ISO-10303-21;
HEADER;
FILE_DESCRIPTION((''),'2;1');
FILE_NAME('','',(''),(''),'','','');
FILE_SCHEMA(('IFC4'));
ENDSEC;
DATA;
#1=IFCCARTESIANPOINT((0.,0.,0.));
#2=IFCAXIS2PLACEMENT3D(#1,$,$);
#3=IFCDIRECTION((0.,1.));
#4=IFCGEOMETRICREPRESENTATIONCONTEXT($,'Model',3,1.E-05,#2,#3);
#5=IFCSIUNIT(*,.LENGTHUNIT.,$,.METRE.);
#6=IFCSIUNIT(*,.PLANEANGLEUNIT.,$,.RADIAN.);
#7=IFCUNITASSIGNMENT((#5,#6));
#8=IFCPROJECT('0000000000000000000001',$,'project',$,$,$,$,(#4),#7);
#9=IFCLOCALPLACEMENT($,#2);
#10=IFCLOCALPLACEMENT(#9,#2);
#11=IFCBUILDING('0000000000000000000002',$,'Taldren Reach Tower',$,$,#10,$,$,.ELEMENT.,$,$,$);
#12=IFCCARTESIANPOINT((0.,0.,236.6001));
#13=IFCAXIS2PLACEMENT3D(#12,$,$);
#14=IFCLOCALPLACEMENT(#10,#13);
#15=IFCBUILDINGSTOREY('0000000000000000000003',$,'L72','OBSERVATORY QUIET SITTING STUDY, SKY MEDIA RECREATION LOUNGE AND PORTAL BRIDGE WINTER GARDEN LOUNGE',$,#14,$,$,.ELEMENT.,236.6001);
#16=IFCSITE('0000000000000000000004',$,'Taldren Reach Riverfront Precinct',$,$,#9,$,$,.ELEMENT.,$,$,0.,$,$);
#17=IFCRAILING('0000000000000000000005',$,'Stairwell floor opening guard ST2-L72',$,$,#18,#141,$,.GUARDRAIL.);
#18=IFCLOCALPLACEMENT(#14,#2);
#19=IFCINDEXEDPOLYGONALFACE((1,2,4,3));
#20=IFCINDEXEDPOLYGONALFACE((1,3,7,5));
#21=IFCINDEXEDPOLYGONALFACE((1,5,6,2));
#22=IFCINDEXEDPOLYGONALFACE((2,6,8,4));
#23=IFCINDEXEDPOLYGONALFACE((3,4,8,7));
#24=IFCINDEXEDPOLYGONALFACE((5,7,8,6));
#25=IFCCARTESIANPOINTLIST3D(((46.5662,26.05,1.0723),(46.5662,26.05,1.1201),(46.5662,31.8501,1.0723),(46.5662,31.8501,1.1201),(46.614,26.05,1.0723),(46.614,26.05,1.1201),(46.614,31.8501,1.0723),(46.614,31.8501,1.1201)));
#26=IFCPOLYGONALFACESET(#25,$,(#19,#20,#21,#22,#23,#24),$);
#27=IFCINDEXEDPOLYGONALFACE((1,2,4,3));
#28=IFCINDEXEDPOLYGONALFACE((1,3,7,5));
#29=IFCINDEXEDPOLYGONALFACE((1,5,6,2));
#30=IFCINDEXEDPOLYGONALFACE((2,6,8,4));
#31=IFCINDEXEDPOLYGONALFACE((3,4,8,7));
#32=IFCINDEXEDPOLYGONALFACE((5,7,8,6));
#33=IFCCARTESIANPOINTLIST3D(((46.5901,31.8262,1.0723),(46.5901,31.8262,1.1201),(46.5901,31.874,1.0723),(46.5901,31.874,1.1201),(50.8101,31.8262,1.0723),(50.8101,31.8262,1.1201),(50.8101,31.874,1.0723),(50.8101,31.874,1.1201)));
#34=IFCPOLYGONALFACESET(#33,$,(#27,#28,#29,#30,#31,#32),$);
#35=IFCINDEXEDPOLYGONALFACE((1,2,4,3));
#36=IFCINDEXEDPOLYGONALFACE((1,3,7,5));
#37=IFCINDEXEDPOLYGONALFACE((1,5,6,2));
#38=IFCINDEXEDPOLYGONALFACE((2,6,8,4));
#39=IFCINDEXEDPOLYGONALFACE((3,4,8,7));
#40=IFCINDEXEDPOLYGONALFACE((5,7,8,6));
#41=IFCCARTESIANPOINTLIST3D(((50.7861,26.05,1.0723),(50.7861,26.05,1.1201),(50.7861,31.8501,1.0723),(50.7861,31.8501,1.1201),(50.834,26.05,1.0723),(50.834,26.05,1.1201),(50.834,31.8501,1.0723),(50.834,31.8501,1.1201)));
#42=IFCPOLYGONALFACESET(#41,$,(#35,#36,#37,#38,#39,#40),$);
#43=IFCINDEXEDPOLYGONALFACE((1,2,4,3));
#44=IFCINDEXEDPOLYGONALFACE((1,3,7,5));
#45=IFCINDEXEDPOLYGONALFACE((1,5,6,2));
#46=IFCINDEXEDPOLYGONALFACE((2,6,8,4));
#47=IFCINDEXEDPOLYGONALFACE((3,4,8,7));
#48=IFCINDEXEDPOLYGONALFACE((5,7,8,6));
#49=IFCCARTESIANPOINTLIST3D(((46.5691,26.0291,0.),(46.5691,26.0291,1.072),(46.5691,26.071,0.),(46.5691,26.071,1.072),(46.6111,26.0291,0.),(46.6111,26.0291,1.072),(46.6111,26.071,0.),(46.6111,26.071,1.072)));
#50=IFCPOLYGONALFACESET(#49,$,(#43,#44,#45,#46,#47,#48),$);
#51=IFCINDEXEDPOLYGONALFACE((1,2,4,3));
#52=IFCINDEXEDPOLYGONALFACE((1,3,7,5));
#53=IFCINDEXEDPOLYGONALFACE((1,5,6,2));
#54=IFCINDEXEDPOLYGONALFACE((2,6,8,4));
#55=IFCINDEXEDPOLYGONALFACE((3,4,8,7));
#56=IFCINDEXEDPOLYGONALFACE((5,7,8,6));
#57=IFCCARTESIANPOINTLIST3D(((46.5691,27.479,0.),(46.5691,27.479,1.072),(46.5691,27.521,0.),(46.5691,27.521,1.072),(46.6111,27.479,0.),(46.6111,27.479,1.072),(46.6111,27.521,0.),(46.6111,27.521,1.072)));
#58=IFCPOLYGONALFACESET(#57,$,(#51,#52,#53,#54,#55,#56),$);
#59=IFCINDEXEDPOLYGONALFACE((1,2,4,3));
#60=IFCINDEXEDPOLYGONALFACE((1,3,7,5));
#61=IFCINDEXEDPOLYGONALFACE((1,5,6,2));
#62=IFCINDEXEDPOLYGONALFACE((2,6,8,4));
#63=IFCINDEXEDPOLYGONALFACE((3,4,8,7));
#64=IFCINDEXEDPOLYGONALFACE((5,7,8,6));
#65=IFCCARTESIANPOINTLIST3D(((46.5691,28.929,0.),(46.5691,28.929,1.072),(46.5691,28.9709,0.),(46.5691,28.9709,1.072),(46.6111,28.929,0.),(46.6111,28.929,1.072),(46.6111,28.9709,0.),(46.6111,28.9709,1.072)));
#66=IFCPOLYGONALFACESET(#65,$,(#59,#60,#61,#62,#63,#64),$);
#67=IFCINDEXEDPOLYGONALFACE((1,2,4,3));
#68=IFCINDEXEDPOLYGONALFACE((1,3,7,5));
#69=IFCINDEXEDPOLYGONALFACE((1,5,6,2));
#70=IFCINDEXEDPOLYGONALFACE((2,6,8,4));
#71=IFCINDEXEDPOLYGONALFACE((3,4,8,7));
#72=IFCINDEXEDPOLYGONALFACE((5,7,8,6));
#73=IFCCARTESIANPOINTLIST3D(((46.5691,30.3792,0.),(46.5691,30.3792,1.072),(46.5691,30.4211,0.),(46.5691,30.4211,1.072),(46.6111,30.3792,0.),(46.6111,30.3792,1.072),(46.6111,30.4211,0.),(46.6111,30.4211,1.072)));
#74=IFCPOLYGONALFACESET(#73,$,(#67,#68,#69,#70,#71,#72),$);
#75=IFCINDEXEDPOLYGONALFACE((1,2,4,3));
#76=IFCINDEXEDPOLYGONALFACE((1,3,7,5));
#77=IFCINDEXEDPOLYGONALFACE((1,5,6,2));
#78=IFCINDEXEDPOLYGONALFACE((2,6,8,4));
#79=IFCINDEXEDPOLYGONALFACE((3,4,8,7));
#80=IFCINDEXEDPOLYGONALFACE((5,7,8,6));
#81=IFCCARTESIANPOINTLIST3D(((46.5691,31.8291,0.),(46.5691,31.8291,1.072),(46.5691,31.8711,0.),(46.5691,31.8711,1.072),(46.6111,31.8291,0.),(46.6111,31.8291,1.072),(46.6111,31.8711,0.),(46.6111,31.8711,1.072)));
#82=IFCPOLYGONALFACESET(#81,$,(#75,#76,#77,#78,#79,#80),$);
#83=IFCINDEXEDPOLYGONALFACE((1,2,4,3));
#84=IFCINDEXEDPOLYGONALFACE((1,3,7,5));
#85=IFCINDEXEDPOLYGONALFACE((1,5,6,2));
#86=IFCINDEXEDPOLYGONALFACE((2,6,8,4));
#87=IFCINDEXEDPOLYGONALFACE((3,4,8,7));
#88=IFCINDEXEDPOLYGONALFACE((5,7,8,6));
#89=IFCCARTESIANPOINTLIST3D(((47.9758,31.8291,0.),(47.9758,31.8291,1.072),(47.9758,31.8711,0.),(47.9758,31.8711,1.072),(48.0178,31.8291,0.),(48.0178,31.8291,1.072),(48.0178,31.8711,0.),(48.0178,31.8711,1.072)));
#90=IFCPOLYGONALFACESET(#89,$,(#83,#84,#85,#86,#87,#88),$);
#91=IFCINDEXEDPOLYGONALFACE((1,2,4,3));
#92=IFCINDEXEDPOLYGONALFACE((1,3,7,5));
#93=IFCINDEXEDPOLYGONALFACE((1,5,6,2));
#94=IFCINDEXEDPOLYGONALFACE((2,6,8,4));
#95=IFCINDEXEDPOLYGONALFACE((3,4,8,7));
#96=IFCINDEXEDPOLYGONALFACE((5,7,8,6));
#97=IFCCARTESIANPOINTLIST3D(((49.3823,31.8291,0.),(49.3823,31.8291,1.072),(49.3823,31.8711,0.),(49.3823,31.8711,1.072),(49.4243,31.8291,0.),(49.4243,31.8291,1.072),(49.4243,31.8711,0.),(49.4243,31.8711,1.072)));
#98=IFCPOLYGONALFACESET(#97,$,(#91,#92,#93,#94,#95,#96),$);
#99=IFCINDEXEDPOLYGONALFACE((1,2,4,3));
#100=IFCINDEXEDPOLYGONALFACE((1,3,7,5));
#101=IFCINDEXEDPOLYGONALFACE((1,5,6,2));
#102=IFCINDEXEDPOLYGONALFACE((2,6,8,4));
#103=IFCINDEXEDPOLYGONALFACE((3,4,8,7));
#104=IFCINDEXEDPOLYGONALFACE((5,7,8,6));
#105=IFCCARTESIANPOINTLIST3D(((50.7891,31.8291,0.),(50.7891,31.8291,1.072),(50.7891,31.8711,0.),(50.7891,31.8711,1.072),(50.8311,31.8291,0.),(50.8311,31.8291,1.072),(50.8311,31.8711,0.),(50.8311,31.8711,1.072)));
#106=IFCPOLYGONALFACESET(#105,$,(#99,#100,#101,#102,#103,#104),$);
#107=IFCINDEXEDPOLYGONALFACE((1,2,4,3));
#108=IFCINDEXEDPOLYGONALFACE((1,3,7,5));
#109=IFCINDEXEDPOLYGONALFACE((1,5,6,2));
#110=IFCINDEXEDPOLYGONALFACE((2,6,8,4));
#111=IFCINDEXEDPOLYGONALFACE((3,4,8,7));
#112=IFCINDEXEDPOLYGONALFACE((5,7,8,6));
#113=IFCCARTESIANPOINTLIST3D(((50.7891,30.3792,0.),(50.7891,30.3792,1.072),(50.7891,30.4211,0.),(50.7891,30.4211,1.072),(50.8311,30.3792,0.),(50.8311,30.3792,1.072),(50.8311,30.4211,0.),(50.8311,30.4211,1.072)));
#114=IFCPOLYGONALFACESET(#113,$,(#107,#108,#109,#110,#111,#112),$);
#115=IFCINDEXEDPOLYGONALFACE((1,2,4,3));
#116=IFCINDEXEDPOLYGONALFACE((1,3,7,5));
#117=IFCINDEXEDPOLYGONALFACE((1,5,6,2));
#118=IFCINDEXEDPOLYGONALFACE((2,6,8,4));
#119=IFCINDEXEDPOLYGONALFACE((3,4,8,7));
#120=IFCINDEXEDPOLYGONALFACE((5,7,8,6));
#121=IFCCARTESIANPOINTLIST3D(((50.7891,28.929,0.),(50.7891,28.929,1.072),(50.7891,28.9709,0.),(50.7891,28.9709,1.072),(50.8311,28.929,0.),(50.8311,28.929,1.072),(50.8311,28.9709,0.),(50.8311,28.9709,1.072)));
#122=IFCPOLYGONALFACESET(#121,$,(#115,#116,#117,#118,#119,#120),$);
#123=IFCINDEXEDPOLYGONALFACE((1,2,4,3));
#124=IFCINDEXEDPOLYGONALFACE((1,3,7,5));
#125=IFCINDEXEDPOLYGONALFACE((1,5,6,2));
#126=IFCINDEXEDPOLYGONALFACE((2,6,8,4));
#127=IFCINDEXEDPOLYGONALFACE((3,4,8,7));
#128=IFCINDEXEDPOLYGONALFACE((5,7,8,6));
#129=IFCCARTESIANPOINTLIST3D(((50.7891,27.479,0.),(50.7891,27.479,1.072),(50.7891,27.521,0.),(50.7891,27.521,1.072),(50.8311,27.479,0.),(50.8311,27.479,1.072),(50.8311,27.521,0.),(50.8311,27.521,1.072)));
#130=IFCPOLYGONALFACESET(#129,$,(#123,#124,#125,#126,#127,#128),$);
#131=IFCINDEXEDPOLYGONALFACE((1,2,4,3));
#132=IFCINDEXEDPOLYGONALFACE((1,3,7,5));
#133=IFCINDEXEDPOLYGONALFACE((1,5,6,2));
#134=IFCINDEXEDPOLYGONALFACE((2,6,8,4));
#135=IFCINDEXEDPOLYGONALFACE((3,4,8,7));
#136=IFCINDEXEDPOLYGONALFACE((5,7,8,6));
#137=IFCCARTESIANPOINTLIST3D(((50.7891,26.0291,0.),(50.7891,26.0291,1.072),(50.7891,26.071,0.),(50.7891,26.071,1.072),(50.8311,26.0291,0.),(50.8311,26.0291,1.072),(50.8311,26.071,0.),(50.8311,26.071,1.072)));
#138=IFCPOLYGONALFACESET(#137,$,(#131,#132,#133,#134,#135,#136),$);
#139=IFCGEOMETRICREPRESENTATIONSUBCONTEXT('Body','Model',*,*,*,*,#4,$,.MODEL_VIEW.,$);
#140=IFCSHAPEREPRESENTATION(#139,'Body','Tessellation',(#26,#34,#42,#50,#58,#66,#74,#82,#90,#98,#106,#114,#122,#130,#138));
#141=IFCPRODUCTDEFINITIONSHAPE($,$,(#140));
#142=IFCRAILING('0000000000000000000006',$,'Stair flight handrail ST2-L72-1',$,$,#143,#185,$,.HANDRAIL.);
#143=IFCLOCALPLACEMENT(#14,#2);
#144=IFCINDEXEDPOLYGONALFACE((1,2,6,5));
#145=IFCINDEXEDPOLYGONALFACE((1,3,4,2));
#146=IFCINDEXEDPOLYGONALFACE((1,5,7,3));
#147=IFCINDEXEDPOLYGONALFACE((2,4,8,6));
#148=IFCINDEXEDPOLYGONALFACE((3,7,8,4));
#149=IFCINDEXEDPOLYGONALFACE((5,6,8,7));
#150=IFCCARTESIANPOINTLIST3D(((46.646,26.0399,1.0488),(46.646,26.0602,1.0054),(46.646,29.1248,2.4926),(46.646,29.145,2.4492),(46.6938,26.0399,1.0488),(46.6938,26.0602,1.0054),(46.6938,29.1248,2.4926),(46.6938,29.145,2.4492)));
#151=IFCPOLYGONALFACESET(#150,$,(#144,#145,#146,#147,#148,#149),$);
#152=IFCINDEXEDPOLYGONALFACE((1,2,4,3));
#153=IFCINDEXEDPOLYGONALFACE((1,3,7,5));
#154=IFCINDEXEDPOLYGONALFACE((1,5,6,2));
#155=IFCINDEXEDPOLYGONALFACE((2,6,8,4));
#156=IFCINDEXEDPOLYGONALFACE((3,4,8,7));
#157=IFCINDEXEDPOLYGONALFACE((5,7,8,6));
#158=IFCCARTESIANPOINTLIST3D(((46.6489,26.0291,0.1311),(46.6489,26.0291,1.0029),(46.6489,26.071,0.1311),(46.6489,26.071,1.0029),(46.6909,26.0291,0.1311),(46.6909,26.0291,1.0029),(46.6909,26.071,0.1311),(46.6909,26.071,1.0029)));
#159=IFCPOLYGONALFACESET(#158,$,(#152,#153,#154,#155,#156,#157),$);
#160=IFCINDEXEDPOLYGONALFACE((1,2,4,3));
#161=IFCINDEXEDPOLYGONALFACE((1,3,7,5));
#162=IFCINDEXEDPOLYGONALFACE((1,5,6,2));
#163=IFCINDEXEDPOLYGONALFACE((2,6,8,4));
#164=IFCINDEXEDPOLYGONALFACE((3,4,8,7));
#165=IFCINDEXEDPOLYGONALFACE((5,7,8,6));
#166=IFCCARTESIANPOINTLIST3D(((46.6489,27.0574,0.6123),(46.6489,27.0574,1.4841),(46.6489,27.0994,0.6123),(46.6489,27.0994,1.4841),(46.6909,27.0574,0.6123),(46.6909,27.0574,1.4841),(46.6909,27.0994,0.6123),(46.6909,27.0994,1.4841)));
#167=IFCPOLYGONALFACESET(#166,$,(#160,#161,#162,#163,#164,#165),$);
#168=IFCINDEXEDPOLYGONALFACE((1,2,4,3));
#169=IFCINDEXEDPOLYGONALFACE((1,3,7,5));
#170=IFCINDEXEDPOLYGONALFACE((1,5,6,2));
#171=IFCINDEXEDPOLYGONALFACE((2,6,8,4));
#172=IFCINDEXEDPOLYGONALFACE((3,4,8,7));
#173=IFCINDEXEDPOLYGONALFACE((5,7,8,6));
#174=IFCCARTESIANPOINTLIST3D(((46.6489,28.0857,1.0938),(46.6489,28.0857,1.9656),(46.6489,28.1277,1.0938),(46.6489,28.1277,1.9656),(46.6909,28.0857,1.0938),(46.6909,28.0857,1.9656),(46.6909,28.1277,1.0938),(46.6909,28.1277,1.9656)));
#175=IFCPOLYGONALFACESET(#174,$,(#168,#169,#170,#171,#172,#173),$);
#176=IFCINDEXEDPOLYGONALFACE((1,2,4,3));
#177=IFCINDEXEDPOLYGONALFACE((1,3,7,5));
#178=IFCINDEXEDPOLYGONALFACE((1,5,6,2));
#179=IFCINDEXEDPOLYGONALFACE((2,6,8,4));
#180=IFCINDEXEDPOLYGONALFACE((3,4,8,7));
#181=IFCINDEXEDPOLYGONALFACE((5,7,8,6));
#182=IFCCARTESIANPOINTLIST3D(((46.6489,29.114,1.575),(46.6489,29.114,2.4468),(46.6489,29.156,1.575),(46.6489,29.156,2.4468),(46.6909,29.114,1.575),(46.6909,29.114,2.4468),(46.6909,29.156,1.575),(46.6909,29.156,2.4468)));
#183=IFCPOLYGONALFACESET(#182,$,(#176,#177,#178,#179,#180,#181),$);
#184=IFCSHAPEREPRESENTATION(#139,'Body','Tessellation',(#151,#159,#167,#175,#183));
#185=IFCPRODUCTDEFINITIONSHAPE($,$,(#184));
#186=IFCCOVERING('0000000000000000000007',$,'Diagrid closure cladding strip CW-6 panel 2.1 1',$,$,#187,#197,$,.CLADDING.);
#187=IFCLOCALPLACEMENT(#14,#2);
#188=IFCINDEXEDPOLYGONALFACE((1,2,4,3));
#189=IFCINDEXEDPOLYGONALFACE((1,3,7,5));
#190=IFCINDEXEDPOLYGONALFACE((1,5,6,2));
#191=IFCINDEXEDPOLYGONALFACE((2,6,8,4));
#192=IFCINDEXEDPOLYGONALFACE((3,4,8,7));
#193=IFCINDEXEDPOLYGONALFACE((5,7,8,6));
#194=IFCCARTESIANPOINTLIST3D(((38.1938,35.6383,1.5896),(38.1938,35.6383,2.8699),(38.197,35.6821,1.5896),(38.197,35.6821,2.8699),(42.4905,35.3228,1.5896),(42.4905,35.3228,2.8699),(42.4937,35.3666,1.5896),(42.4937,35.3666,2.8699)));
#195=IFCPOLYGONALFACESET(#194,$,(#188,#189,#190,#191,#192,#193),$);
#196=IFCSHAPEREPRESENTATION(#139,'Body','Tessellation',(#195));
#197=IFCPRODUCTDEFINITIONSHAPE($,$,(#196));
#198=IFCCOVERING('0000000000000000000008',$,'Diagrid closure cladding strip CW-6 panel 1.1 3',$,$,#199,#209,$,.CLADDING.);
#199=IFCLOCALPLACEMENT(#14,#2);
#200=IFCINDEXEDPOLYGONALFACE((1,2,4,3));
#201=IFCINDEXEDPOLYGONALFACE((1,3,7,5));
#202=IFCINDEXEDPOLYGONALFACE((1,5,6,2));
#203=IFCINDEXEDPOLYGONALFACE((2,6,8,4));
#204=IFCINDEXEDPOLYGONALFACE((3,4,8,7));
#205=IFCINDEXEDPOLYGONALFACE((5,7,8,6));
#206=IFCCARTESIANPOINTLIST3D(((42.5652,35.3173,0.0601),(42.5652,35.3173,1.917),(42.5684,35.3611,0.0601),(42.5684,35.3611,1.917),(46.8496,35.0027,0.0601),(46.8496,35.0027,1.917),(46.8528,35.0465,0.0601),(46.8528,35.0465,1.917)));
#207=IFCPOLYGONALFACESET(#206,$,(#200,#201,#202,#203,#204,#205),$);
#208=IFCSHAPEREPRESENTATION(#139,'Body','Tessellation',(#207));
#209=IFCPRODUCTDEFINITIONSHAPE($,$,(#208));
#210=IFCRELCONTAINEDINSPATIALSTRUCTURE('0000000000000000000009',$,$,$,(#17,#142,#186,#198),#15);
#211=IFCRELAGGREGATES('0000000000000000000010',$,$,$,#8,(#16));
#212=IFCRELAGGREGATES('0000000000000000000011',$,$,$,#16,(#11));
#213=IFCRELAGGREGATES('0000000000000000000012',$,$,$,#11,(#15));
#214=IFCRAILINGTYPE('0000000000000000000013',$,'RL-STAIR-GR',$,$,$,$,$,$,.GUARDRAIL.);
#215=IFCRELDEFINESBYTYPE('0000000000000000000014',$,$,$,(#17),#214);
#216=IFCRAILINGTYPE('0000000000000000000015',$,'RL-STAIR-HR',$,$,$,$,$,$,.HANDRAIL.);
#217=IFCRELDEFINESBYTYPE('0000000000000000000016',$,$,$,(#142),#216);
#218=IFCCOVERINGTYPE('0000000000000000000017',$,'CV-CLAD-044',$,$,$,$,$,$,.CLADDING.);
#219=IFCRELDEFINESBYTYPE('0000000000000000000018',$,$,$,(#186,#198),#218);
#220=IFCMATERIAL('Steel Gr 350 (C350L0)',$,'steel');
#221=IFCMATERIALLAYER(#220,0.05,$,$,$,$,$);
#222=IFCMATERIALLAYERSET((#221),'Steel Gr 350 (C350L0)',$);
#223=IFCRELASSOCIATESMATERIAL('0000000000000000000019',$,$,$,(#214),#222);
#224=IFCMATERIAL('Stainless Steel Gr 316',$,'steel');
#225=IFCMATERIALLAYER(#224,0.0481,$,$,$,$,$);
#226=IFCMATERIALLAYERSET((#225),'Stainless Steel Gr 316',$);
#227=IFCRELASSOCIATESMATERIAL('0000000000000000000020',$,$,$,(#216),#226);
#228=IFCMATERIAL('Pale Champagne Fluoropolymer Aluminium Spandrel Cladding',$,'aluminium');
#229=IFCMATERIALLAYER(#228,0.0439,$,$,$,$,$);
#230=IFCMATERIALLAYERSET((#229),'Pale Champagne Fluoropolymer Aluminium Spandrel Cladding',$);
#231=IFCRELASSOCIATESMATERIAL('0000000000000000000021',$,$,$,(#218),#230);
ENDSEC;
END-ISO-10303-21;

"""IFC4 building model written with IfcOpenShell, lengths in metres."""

from ifc_helpers import new_model, si_unit, direction, frame, origin, origin_2d, place, context, subcontext, project, spatial, rectangle, extrude, source, transform, mapped, material, layer, layer_set, type_object, element, save


model = new_model("IFC4")

# Units and contexts
model_context = context("Model", 3, precision=1e-05, world=origin(), true_north=direction((0.0, 1.0)))
body_context = subcontext(model_context, "Body", "Model", "MODEL_VIEW")
ifc_project = project(units=[si_unit("LENGTHUNIT", "METRE"), si_unit("PLANEANGLEUNIT", "RADIAN")], contexts=[model_context])

# Site, building, storey
site_placement = place(None, origin())
site = spatial("IfcSite", under=ifc_project, at=site_placement, Name="Taldren Reach Riverfront Precinct", CompositionType="ELEMENT", RefElevation=0.0)
building_placement = place(site_placement, origin())
building = spatial("IfcBuilding", under=site, at=building_placement, Name="Taldren Reach Tower", CompositionType="ELEMENT")
storey_placement = place(building_placement, frame((0.0, 0.0, 236.6001)))
storey = spatial("IfcBuildingStorey", under=building, at=storey_placement, Name="L72", Description="OBSERVATORY QUIET SITTING STUDY, SKY MEDIA RECREATION LOUNGE AND PORTAL BRIDGE WINTER GARDEN LOUNGE", CompositionType="ELEMENT", Elevation=236.6001)

# Shared definitions
ifc_material_1 = material(Name="Steel Gr 350 (C350L0)", Category="steel")

# Railings
ifc_layer_1 = layer(ifc_material_1, 0.05)
ifc_layer_set_1 = layer_set([ifc_layer_1], Name="Steel Gr 350 (C350L0)")
railing_type_1 = type_object("IfcRailingType", Name="RL-STAIR-GR", PredefinedType="GUARDRAIL", material=ifc_layer_set_1)
railing_1_placement = place(storey_placement, frame((46.5901, 26.05, 0.0)))
element("IfcRailing", 1, at=railing_1_placement, inside=storey, type_object=railing_type_1, Name="Stairwell floor opening guard ST2-L72", PredefinedType="GUARDRAIL", context=body_context, shape_type="SweptSolid", body=[
    extrude(rectangle(XDim=0.0479, YDim=0.0479, at=origin_2d()), frame((0.0, 0.0, 1.0962), z_axis=(0.0, 1.0, 0.0), x_axis=(-1.0, 0.0, 0.0)), (0.0, 0.0, 1.0), 5.8),
    extrude(rectangle(XDim=0.0479, YDim=0.0479, at=origin_2d()), frame((0.0, 5.8, 1.0962), z_axis=(1.0, 0.0, 0.0), x_axis=(0.0, 1.0, 0.0)), (0.0, 0.0, 1.0), 4.22),
    extrude(rectangle(XDim=0.0479, YDim=0.0479, at=origin_2d()), frame((4.22, 5.8, 1.0962), z_axis=(0.0, -1.0, 0.0), x_axis=(1.0, 0.0, 0.0)), (0.0, 0.0, 1.0), 5.8),
    extrude(rectangle(XDim=0.042, YDim=0.042, at=origin_2d()), origin(), (0.0, 0.0, 1.0), 1.072),
    extrude(rectangle(XDim=0.042, YDim=0.042, at=origin_2d()), frame((0.0, 1.45, 0.0)), (0.0, 0.0, 1.0), 1.072),
    extrude(rectangle(XDim=0.042, YDim=0.042, at=origin_2d()), frame((0.0, 2.8999, 0.0)), (0.0, 0.0, 1.0), 1.072),
    extrude(rectangle(XDim=0.042, YDim=0.042, at=origin_2d()), frame((0.0, 4.3501, 0.0)), (0.0, 0.0, 1.0), 1.072),
    extrude(rectangle(XDim=0.042, YDim=0.042, at=origin_2d()), frame((0.0, 5.8, 0.0)), (0.0, 0.0, 1.0), 1.072),
    extrude(rectangle(XDim=0.042, YDim=0.042, at=origin_2d()), frame((1.4067, 5.8, 0.0)), (0.0, 0.0, 1.0), 1.072),
    extrude(rectangle(XDim=0.042, YDim=0.042, at=origin_2d()), frame((2.8132, 5.8, 0.0)), (0.0, 0.0, 1.0), 1.072),
    extrude(rectangle(XDim=0.042, YDim=0.042, at=origin_2d()), frame((4.22, 5.8, 0.0)), (0.0, 0.0, 1.0), 1.072),
    extrude(rectangle(XDim=0.042, YDim=0.042, at=origin_2d()), frame((4.22, 4.3501, 0.0)), (0.0, 0.0, 1.0), 1.072),
    extrude(rectangle(XDim=0.042, YDim=0.042, at=origin_2d()), frame((4.22, 2.8999, 0.0)), (0.0, 0.0, 1.0), 1.072),
    extrude(rectangle(XDim=0.042, YDim=0.042, at=origin_2d()), frame((4.22, 1.45, 0.0)), (0.0, 0.0, 1.0), 1.072),
    extrude(rectangle(XDim=0.042, YDim=0.042, at=origin_2d()), frame((4.22, 0.0, 0.0)), (0.0, 0.0, 1.0), 1.072),
])
ifc_material_2 = material(Name="Stainless Steel Gr 316", Category="steel")
ifc_layer_2 = layer(ifc_material_2, 0.0481)
ifc_layer_set_2 = layer_set([ifc_layer_2], Name="Stainless Steel Gr 316")
railing_type_2 = type_object("IfcRailingType", Name="RL-STAIR-HR", PredefinedType="HANDRAIL", material=ifc_layer_set_2)
railing_2_placement = place(storey_placement, frame((46.6699, 26.05, 0.1311)))
element("IfcRailing", 2, at=railing_2_placement, inside=storey, type_object=railing_type_2, Name="Stair flight handrail ST2-L72-1", PredefinedType="HANDRAIL", context=body_context, shape_type="SweptSolid", body=[
    extrude(rectangle(XDim=0.0479, YDim=0.0479, at=origin_2d()), frame((0.0, 0.0, 0.896), z_axis=(0.0, 0.90571, 0.423898), x_axis=(-1.0, 0.0, 0.0)), (0.0, 0.0, 1.0), 3.406),
    extrude(rectangle(XDim=0.042, YDim=0.042, at=origin_2d()), origin(), (0.0, 0.0, 1.0), 0.8718),
    extrude(rectangle(XDim=0.042, YDim=0.042, at=origin_2d()), frame((0.0, 1.0283, 0.4812)), (0.0, 0.0, 1.0), 0.8718),
    extrude(rectangle(XDim=0.042, YDim=0.042, at=origin_2d()), frame((0.0, 2.0566, 0.9626)), (0.0, 0.0, 1.0), 0.8718),
    extrude(rectangle(XDim=0.042, YDim=0.042, at=origin_2d()), frame((0.0, 3.085, 1.4438)), (0.0, 0.0, 1.0), 0.8718),
])

# Coverings
ifc_material_3 = material(Name="Pale Champagne Fluoropolymer Aluminium Spandrel Cladding", Category="aluminium")
ifc_layer_3 = layer(ifc_material_3, 0.0439)
ifc_layer_set_3 = layer_set([ifc_layer_3], Name="Pale Champagne Fluoropolymer Aluminium Spandrel Cladding")
covering_type = type_object("IfcCoveringType", Name="CV-CLAD-044", PredefinedType="CLADDING", material=ifc_layer_set_3)
shared_shape_1 = source(origin(), body_context, "Body", "SweptSolid", [
    extrude(rectangle(XDim=4.3083, YDim=0.0439, at=origin_2d()), origin(), (0.0, 0.0, 1.0), 1.2803),
])
covering_1_placement = place(storey_placement, frame((40.3438, 35.5024, 1.5896), z_axis=(0.0, 0.0, 1.0), x_axis=(-0.997314, 0.073238, 0.0)))
element("IfcCovering", 3, at=covering_1_placement, inside=storey, type_object=covering_type, Name="Diagrid closure cladding strip CW-6 panel 2.1 1", PredefinedType="CLADDING", context=body_context, shape_type="MappedRepresentation", body=[
    mapped(shared_shape_1, transform((0.0, 0.0, 0.0), scale=1.0)),
])
shared_shape_2 = source(origin(), body_context, "Body", "SweptSolid", [
    extrude(rectangle(XDim=4.2959, YDim=0.0439, at=origin_2d()), origin(), (0.0, 0.0, 1.0), 1.8569),
])
covering_2_placement = place(storey_placement, frame((44.709, 35.1819, 0.0601), z_axis=(0.0, 0.0, 1.0), x_axis=(-0.997314, 0.073238, 0.0)))
element("IfcCovering", 4, at=covering_2_placement, inside=storey, type_object=covering_type, Name="Diagrid closure cladding strip CW-6 panel 1.1 3", PredefinedType="CLADDING", context=body_context, shape_type="MappedRepresentation", body=[
    mapped(shared_shape_2, transform((0.0, 0.0, 0.0), scale=1.0)),
])

save(model, "model.ifc")
